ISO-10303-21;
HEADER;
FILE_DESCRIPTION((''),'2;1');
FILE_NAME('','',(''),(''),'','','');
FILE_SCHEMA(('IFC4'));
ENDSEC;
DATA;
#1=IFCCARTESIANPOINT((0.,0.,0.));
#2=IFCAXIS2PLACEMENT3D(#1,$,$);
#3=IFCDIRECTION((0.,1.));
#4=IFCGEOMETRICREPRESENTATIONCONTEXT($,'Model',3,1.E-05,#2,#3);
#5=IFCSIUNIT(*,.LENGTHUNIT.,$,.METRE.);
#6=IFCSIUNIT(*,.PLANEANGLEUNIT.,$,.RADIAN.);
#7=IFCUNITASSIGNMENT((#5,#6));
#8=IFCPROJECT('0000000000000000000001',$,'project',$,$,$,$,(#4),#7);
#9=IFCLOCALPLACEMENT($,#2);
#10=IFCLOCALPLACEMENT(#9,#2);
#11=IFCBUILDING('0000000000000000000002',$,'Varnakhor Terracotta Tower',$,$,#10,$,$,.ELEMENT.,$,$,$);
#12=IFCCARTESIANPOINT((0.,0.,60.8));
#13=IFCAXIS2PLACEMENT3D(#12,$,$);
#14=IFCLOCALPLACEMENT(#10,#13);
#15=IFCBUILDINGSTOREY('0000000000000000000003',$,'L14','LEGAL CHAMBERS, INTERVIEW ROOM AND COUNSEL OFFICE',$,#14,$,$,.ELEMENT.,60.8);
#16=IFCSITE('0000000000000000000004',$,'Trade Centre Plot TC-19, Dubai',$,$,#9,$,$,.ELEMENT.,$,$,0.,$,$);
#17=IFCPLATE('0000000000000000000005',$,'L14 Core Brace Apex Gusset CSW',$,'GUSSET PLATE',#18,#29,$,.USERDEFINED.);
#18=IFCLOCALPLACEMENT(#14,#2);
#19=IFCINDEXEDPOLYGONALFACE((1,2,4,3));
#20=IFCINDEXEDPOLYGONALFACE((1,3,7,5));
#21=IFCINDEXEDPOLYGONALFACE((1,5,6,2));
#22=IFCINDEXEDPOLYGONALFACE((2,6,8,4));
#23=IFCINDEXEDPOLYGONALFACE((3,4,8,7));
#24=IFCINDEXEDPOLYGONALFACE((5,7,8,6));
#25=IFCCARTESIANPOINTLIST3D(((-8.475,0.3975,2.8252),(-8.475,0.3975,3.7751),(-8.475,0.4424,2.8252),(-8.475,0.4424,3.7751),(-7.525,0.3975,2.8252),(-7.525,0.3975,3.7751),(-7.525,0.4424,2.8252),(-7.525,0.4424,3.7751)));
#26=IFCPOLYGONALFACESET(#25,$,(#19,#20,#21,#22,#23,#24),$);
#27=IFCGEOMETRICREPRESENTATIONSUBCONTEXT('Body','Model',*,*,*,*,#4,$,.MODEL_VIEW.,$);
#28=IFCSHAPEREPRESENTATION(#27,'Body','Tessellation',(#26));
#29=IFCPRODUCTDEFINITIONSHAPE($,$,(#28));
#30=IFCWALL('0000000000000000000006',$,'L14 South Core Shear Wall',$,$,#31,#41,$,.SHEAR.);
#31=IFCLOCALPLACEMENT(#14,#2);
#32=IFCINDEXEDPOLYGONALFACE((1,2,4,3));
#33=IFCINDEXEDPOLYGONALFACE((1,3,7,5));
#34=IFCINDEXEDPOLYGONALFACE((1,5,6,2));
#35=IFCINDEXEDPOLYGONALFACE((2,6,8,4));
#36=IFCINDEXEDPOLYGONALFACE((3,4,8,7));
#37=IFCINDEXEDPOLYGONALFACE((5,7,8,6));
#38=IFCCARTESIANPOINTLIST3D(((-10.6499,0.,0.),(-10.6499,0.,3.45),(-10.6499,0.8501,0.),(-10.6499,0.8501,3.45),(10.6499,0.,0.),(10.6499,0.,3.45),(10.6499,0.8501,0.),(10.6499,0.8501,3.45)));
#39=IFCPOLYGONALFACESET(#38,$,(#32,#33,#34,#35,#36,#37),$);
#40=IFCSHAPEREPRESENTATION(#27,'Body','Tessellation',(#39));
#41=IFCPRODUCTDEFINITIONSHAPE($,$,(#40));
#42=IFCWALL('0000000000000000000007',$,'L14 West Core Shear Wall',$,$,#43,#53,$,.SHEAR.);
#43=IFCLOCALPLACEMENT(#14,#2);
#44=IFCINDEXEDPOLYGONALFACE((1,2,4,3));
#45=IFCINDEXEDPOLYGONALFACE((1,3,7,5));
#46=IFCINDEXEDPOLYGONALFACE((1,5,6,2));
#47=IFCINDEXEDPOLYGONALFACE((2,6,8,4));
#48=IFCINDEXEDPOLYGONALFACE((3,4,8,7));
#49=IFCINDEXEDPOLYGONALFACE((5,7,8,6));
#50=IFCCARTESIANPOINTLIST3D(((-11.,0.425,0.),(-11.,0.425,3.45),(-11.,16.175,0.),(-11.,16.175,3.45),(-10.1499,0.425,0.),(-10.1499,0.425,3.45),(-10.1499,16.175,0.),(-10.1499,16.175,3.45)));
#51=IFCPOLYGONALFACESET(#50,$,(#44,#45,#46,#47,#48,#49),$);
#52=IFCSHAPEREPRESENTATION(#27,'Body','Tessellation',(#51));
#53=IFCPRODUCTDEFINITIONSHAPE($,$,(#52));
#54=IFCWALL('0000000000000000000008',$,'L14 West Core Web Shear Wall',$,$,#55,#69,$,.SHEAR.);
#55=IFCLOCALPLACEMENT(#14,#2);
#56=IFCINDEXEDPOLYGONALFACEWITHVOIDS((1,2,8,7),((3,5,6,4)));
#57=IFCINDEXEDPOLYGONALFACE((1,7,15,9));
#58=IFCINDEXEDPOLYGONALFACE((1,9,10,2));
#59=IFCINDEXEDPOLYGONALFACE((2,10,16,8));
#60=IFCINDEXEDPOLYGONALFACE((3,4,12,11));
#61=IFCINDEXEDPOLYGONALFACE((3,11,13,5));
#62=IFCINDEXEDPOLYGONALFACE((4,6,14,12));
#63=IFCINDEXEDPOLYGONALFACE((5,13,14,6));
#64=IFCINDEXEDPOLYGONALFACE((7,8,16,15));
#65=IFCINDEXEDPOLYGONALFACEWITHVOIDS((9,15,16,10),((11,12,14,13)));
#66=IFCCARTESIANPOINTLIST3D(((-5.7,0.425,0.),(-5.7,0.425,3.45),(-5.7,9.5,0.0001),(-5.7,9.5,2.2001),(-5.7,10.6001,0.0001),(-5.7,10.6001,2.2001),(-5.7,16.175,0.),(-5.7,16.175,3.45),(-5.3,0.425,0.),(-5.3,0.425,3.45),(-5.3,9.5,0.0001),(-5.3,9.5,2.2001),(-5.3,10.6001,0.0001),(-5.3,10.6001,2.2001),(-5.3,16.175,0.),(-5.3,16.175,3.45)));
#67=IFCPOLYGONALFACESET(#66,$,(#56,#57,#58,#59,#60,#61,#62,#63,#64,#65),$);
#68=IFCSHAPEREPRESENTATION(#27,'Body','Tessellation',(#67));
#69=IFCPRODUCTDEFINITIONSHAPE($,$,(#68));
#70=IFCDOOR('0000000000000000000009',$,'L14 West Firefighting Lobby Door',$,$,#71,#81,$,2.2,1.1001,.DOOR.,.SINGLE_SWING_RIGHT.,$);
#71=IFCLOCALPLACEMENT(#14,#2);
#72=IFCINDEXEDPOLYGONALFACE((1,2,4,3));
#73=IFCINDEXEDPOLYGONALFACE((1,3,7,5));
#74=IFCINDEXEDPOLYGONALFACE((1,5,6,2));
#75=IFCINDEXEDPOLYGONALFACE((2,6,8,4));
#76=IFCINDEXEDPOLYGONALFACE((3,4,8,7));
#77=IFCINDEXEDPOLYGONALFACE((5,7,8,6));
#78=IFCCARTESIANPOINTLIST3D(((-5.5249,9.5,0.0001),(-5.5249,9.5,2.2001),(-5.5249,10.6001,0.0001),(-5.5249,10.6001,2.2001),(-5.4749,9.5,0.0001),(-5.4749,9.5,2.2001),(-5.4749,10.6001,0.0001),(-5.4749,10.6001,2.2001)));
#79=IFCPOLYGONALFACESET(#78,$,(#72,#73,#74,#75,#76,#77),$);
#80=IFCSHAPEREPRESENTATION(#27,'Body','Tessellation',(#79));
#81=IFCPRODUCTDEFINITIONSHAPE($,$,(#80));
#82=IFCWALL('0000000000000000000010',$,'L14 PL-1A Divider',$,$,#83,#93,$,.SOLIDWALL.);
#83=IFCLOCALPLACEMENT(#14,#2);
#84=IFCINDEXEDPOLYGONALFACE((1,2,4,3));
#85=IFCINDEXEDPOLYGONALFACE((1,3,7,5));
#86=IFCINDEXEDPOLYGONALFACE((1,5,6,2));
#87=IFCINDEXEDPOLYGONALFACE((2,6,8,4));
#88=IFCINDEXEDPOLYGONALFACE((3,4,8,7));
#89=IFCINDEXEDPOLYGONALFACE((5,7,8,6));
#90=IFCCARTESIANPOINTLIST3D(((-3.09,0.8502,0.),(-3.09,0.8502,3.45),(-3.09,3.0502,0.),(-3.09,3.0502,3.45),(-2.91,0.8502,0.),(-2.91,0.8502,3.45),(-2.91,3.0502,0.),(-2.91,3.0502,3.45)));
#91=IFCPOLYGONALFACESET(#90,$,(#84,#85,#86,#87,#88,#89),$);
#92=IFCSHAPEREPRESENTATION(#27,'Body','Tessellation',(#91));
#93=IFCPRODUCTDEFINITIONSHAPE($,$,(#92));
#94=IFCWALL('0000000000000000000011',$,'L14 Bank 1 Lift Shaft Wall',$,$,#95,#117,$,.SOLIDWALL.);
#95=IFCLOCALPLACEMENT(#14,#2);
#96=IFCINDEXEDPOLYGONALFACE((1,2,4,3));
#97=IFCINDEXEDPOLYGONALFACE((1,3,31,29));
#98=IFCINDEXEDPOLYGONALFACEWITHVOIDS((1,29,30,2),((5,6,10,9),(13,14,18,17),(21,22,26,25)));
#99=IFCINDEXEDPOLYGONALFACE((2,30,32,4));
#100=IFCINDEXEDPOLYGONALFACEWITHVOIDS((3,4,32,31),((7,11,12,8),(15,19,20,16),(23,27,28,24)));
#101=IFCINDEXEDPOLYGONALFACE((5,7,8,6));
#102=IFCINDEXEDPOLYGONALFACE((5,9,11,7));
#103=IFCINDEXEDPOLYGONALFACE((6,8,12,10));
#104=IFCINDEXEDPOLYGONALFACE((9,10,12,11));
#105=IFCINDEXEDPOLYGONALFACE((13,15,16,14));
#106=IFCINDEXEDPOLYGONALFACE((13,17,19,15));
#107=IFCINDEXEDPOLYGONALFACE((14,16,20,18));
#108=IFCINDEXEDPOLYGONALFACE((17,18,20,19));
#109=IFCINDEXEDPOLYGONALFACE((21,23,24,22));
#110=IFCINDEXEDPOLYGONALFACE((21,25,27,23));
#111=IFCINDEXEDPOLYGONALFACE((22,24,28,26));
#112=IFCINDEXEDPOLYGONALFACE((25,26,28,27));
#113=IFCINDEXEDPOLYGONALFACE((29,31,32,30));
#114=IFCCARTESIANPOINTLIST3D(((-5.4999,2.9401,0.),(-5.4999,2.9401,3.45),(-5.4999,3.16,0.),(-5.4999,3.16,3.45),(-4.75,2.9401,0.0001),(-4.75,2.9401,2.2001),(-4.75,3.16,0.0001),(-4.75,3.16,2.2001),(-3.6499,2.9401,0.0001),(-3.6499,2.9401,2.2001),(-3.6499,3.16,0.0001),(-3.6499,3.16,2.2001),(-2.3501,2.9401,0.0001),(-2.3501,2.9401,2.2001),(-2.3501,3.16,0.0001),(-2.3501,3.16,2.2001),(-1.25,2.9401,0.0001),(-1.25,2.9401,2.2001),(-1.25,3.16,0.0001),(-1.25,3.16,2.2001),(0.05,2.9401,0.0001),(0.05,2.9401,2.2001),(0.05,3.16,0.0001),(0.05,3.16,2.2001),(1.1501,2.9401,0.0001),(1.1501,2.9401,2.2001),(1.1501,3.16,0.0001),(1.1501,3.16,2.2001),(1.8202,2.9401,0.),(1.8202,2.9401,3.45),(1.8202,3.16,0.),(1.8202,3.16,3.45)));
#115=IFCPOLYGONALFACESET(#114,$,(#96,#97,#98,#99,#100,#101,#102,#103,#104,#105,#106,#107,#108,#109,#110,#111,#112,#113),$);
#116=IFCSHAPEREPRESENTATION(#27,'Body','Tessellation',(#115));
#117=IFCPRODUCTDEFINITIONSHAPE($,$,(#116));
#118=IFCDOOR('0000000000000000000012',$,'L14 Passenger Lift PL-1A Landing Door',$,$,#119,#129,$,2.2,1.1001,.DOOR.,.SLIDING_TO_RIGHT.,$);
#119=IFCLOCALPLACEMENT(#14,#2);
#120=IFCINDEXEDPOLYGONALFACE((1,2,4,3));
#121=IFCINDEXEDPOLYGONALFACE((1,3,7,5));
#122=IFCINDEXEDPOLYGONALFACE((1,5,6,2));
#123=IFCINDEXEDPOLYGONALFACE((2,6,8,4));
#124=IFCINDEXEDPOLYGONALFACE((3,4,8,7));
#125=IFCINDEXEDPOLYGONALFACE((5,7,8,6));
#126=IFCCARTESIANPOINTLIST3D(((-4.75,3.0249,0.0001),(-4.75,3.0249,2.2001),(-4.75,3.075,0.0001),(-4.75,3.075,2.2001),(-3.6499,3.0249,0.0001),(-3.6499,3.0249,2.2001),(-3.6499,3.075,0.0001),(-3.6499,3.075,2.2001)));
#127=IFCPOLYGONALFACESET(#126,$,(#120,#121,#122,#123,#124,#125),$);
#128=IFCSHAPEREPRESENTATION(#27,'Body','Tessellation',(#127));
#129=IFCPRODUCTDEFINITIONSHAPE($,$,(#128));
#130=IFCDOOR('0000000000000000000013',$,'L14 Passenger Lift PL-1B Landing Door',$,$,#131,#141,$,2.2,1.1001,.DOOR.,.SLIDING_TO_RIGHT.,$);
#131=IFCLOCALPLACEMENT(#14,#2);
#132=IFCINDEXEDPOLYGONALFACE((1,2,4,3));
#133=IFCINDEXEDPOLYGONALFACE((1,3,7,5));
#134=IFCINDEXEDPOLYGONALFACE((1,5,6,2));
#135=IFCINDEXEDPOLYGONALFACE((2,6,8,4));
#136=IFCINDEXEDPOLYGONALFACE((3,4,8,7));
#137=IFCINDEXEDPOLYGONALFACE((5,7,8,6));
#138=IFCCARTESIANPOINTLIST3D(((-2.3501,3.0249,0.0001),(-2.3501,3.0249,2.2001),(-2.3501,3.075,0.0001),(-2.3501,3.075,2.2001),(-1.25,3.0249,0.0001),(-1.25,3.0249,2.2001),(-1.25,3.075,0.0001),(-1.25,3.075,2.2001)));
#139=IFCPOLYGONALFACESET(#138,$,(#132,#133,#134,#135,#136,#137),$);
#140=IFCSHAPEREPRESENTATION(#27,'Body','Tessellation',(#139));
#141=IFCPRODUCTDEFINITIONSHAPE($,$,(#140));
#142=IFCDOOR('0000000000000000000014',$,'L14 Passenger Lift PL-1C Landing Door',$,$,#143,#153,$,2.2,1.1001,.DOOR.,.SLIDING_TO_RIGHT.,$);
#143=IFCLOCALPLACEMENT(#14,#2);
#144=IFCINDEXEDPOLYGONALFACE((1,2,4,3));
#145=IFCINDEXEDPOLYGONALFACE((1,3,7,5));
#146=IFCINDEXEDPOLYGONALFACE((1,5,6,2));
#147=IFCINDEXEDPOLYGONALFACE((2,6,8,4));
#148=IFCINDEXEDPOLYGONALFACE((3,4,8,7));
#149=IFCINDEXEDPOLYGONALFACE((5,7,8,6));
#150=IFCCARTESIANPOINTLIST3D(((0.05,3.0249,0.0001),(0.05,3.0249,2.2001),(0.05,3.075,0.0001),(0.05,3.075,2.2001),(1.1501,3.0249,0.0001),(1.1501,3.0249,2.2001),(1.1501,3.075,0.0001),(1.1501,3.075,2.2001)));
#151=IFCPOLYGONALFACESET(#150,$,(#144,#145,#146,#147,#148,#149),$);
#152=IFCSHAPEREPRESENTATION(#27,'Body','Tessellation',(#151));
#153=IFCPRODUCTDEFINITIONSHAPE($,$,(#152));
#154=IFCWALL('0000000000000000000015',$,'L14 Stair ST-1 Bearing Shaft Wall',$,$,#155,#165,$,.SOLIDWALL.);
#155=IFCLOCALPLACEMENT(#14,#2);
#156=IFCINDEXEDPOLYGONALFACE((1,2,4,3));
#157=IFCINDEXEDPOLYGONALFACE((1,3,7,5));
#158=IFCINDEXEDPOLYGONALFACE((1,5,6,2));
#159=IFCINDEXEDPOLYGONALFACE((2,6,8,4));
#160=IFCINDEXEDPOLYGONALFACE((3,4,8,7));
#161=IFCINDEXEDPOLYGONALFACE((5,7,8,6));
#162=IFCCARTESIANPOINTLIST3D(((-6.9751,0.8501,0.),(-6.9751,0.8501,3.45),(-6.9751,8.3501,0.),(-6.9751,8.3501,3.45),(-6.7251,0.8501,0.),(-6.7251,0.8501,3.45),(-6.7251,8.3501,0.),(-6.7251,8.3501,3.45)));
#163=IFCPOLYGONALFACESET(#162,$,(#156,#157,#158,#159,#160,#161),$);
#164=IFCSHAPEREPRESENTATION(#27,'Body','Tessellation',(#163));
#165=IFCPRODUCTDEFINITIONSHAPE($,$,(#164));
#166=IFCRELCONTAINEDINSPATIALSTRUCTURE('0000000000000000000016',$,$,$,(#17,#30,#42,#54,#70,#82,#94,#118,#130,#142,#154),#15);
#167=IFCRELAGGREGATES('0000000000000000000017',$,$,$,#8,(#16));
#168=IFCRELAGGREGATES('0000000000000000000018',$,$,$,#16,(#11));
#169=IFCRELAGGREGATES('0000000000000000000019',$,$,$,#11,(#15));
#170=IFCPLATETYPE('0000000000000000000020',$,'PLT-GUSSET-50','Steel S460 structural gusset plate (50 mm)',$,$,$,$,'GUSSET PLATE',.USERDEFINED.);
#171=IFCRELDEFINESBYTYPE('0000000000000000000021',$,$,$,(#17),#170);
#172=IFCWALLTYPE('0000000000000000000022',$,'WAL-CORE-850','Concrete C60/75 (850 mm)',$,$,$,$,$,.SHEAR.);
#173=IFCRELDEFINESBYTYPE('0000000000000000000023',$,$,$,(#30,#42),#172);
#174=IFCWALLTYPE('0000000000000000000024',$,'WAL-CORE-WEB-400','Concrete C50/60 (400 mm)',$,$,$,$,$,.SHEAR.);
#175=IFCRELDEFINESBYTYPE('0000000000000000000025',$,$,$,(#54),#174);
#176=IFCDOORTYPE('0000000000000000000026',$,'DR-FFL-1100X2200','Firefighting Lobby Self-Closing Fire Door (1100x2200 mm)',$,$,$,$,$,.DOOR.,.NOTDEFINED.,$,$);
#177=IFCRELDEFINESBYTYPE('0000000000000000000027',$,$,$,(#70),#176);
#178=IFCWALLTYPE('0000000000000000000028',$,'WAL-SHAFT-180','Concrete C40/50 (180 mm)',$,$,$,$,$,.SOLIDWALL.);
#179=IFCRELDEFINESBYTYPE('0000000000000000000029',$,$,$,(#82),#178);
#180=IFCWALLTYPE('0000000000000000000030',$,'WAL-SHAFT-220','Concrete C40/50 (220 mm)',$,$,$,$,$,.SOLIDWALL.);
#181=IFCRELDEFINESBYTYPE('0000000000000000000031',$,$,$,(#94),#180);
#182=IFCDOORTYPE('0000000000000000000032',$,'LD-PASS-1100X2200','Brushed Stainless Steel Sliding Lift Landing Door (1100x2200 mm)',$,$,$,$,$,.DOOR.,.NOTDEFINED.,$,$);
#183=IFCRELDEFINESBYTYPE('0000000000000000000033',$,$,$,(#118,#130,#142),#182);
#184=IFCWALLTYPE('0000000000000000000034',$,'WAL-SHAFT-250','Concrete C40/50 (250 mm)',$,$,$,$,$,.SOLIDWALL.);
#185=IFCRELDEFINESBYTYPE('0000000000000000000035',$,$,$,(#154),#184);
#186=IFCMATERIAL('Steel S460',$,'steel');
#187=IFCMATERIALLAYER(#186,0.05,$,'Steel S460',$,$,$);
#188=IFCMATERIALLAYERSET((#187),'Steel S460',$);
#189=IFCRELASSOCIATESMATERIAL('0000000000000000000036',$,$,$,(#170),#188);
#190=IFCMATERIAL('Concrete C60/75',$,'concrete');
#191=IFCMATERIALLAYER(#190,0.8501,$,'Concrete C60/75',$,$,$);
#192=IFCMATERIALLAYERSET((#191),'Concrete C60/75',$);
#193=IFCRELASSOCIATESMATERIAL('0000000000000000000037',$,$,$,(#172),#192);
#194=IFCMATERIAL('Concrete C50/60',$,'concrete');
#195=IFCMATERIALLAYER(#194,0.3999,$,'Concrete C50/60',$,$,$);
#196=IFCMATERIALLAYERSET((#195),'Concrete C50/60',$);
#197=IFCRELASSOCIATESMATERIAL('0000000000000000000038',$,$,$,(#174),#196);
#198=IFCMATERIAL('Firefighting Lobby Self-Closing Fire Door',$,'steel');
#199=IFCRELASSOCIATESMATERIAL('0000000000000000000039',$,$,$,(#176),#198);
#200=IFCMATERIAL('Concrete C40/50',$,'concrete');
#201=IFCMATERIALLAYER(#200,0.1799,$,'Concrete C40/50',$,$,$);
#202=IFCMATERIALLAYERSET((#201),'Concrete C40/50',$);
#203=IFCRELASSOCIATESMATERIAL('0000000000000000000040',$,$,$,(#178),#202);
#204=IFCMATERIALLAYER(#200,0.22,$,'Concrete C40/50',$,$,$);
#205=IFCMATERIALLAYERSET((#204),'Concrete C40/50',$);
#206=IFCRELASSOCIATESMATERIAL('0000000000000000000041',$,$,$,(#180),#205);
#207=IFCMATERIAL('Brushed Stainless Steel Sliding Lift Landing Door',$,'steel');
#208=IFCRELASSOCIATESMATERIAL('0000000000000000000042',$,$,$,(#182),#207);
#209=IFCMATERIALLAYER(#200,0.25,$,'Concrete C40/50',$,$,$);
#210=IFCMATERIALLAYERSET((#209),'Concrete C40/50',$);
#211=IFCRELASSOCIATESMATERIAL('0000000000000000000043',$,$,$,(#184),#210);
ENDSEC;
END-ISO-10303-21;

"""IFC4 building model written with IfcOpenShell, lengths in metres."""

from ifc_helpers import new_model, si_unit, direction, frame, frame_2d, origin, origin_2d, place, context, subcontext, project, spatial, rectangle, extrude, source, transform, mapped, material, layer, layer_set, type_object, type_shapes, element, fill, save


model = new_model("IFC4")

# Units and contexts
model_context = context("Model", 3, precision=1e-05, world=origin(), true_north=direction((0.0, 1.0)))
body_context = subcontext(model_context, "Body", "Model", "MODEL_VIEW")
ifc_project = project(units=[si_unit("LENGTHUNIT", "METRE"), si_unit("PLANEANGLEUNIT", "RADIAN")], contexts=[model_context])

# Site, building, storey
site_placement = place(None, origin())
site = spatial("IfcSite", under=ifc_project, at=site_placement, Name="Trade Centre Plot TC-19, Dubai", CompositionType="ELEMENT", RefElevation=0.0)
building_placement = place(site_placement, origin())
building = spatial("IfcBuilding", under=site, at=building_placement, Name="Varnakhor Terracotta Tower", CompositionType="ELEMENT")
storey_placement = place(building_placement, frame((0.0, 0.0, 60.8)))
storey = spatial("IfcBuildingStorey", under=building, at=storey_placement, Name="L14", Description="LEGAL CHAMBERS, INTERVIEW ROOM AND COUNSEL OFFICE", CompositionType="ELEMENT", Elevation=60.8)

# Shared definitions
ifc_material_1 = material(Name="Concrete C50/60", Category="concrete")

# Shared definitions
ifc_material_2 = material(Name="Steel S460", Category="steel")

# Plate
ifc_layer_1 = layer(ifc_material_2, 0.05, Name="Steel S460")
ifc_layer_set_1 = layer_set([ifc_layer_1], Name="Steel S460")
plate_type = type_object("IfcPlateType", Name="PLT-GUSSET-50", Description="Steel S460 structural gusset plate (50 mm)", ElementType="GUSSET PLATE", PredefinedType="USERDEFINED", material=ifc_layer_set_1)
shared_shape_1 = source(origin(), body_context, "Body", "SweptSolid", [
    extrude(rectangle(XDim=0.95, YDim=0.0449, at=origin_2d()), origin(), (0.0, 0.0, 1.0), 0.95),
])
plate_placement = place(storey_placement, frame((-8.0, 0.4199, 2.8252), z_axis=(0.0, 0.0, 1.0), x_axis=(1.0, 0.0, 0.0)))
element("IfcPlate", 1, at=plate_placement, inside=storey, type_object=plate_type, Name="L14 Core Brace Apex Gusset CSW", ObjectType="GUSSET PLATE", PredefinedType="USERDEFINED", context=body_context, shape_type="MappedRepresentation", body=[
    mapped(shared_shape_1, transform((0.0, 0.0, 0.0), scale=1.0)),
])

# Walls
ifc_material_3 = material(Name="Concrete C60/75", Category="concrete")
ifc_layer_2 = layer(ifc_material_3, 0.8501, Name="Concrete C60/75")
ifc_layer_set_2 = layer_set([ifc_layer_2], Name="Concrete C60/75")
wall_type_1 = type_object("IfcWallType", Name="WAL-CORE-850", Description="Concrete C60/75 (850 mm)", PredefinedType="SHEAR", material=ifc_layer_set_2)
wall_1_placement = place(storey_placement, frame((-10.6499, 0.425, 0.0), z_axis=(0.0, 0.0, 1.0), x_axis=(1.0, 0.0, 0.0)))
element("IfcWall", 2, at=wall_1_placement, inside=storey, type_object=wall_type_1, Name="L14 South Core Shear Wall", PredefinedType="SHEAR", context=body_context, shape_type="SweptSolid", body=[
    extrude(rectangle(XDim=21.2998, YDim=0.8501, at=frame_2d((10.6499, 0.0))), origin(), (0.0, 0.0, 1.0), 3.45),
])
wall_2_placement = place(storey_placement, frame((-10.575, 0.425, 0.0), z_axis=(0.0, 0.0, 1.0), x_axis=(0.0, 1.0, 0.0)))
element("IfcWall", 3, at=wall_2_placement, inside=storey, type_object=wall_type_1, Name="L14 West Core Shear Wall", PredefinedType="SHEAR", context=body_context, shape_type="SweptSolid", body=[
    extrude(rectangle(XDim=15.75, YDim=0.8501, at=frame_2d((7.875, 0.0))), origin(), (0.0, 0.0, 1.0), 3.45),
])

# Wall, opening, door
ifc_layer_3 = layer(ifc_material_1, 0.3999, Name="Concrete C50/60")
ifc_layer_set_3 = layer_set([ifc_layer_3], Name="Concrete C50/60")
wall_type_2 = type_object("IfcWallType", Name="WAL-CORE-WEB-400", Description="Concrete C50/60 (400 mm)", PredefinedType="SHEAR", material=ifc_layer_set_3)
wall_3_placement = place(storey_placement, frame((-5.5, 0.425, 0.0), z_axis=(0.0, 0.0, 1.0), x_axis=(0.0, 1.0, 0.0)))
wall_3 = element("IfcWall", 4, at=wall_3_placement, inside=storey, type_object=wall_type_2, Name="L14 West Core Web Shear Wall", PredefinedType="SHEAR", context=body_context, shape_type="SweptSolid", body=[
    extrude(rectangle(XDim=15.75, YDim=0.3999, at=frame_2d((7.875, 0.0))), origin(), (0.0, 0.0, 1.0), 3.45),
])
opening_1_placement = place(wall_3_placement, frame((9.075, 0.0, 0.0)))
opening_1 = element("IfcOpeningElement", 5, at=opening_1_placement, cuts=wall_3, PredefinedType="OPENING", context=body_context, shape_type="SweptSolid", body=[
    extrude(rectangle(XDim=1.1001, YDim=2.2, at=frame_2d((0.55, 1.1001))), frame((0.0, 0.21, 0.0), z_axis=(0.0, -1.0, 0.0), x_axis=(1.0, 0.0, 0.0)), (0.0, 0.0, 1.0), 0.4199),
])
ifc_material_4 = material(Name="Firefighting Lobby Self-Closing Fire Door", Category="steel")
door_type_1 = type_object("IfcDoorType", Name="DR-FFL-1100X2200", Description="Firefighting Lobby Self-Closing Fire Door (1100x2200 mm)", OperationType="NOTDEFINED", PredefinedType="DOOR", material=ifc_material_4)
shared_shape_2 = source(origin(), body_context, "Body", "SweptSolid", [
    extrude(rectangle(XDim=1.1001, YDim=2.2, at=frame_2d((0.55, 1.1001))), frame((0.0, 0.0249, 0.0), z_axis=(0.0, -1.0, 0.0), x_axis=(1.0, 0.0, 0.0)), (0.0, 0.0, 1.0), 0.05),
])
type_shapes(door_type_1, [shared_shape_2])
door_1_placement = place(opening_1_placement, origin())
door_1 = element("IfcDoor", 6, at=door_1_placement, inside=storey, type_object=door_type_1, Name="L14 West Firefighting Lobby Door", OperationType="SINGLE_SWING_RIGHT", OverallHeight=2.2, OverallWidth=1.1001, PredefinedType="DOOR", context=body_context, shape_type="MappedRepresentation", body=[
    mapped(shared_shape_2, transform((0.0, 0.0, 0.0), scale=1.0)),
])
fill(opening_1, door_1)

# Wall
ifc_material_5 = material(Name="Concrete C40/50", Category="concrete")
ifc_layer_4 = layer(ifc_material_5, 0.1799, Name="Concrete C40/50")
ifc_layer_set_4 = layer_set([ifc_layer_4], Name="Concrete C40/50")
wall_type_3 = type_object("IfcWallType", Name="WAL-SHAFT-180", Description="Concrete C40/50 (180 mm)", PredefinedType="SOLIDWALL", material=ifc_layer_set_4)
wall_4_placement = place(storey_placement, frame((-3.0, 0.8501, 0.0), z_axis=(0.0, 0.0, 1.0), x_axis=(0.0, 1.0, 0.0)))
element("IfcWall", 7, at=wall_4_placement, inside=storey, type_object=wall_type_3, Name="L14 PL-1A Divider", PredefinedType="SOLIDWALL", context=body_context, shape_type="SweptSolid", body=[
    extrude(rectangle(XDim=2.2, YDim=0.1799, at=frame_2d((1.1001, 0.0))), origin(), (0.0, 0.0, 1.0), 3.45),
])

# Wall, openings, doors
ifc_layer_5 = layer(ifc_material_5, 0.22, Name="Concrete C40/50")
ifc_layer_set_5 = layer_set([ifc_layer_5], Name="Concrete C40/50")
wall_type_4 = type_object("IfcWallType", Name="WAL-SHAFT-220", Description="Concrete C40/50 (220 mm)", PredefinedType="SOLIDWALL", material=ifc_layer_set_5)
wall_5_placement = place(storey_placement, frame((-5.5, 3.05, 0.0), z_axis=(0.0, 0.0, 1.0), x_axis=(1.0, 0.0, 0.0)))
wall_5 = element("IfcWall", 8, at=wall_5_placement, inside=storey, type_object=wall_type_4, Name="L14 Bank 1 Lift Shaft Wall", PredefinedType="SOLIDWALL", context=body_context, shape_type="SweptSolid", body=[
    extrude(rectangle(XDim=7.3201, YDim=0.22, at=frame_2d((3.6602, 0.0))), origin(), (0.0, 0.0, 1.0), 3.45),
])
opening_2_placement = place(wall_5_placement, frame((0.75, 0.0, 0.0)))
opening_2 = element("IfcOpeningElement", 9, at=opening_2_placement, cuts=wall_5, PredefinedType="OPENING", context=body_context, shape_type="SweptSolid", body=[
    extrude(rectangle(XDim=1.1001, YDim=2.2, at=frame_2d((0.55, 1.1001))), frame((0.0, 0.1201, 0.0), z_axis=(0.0, -1.0, 0.0), x_axis=(1.0, 0.0, 0.0)), (0.0, 0.0, 1.0), 0.24),
])
opening_3_placement = place(wall_5_placement, frame((3.1499, 0.0, 0.0)))
opening_3 = element("IfcOpeningElement", 10, at=opening_3_placement, cuts=wall_5, PredefinedType="OPENING", context=body_context, shape_type="SweptSolid", body=[
    extrude(rectangle(XDim=1.1001, YDim=2.2, at=frame_2d((0.55, 1.1001))), frame((0.0, 0.1201, 0.0), z_axis=(0.0, -1.0, 0.0), x_axis=(1.0, 0.0, 0.0)), (0.0, 0.0, 1.0), 0.24),
])
opening_4_placement = place(wall_5_placement, frame((5.55, 0.0, 0.0)))
opening_4 = element("IfcOpeningElement", 11, at=opening_4_placement, cuts=wall_5, PredefinedType="OPENING", context=body_context, shape_type="SweptSolid", body=[
    extrude(rectangle(XDim=1.1001, YDim=2.2, at=frame_2d((0.55, 1.1001))), frame((0.0, 0.1201, 0.0), z_axis=(0.0, -1.0, 0.0), x_axis=(1.0, 0.0, 0.0)), (0.0, 0.0, 1.0), 0.24),
])
ifc_material_6 = material(Name="Brushed Stainless Steel Sliding Lift Landing Door", Category="steel")
door_type_2 = type_object("IfcDoorType", Name="LD-PASS-1100X2200", Description="Brushed Stainless Steel Sliding Lift Landing Door (1100x2200 mm)", OperationType="NOTDEFINED", PredefinedType="DOOR", material=ifc_material_6)
shared_shape_3 = source(origin(), body_context, "Body", "SweptSolid", [
    extrude(rectangle(XDim=1.1001, YDim=2.2, at=frame_2d((0.55, 1.1001))), frame((0.0, 0.0249, 0.0), z_axis=(0.0, -1.0, 0.0), x_axis=(1.0, 0.0, 0.0)), (0.0, 0.0, 1.0), 0.05),
])
type_shapes(door_type_2, [shared_shape_3])
door_2_placement = place(opening_2_placement, origin())
door_2 = element("IfcDoor", 12, at=door_2_placement, inside=storey, type_object=door_type_2, Name="L14 Passenger Lift PL-1A Landing Door", OperationType="SLIDING_TO_RIGHT", OverallHeight=2.2, OverallWidth=1.1001, PredefinedType="DOOR", context=body_context, shape_type="MappedRepresentation", body=[
    mapped(shared_shape_3, transform((0.0, 0.0, 0.0), scale=1.0)),
])
fill(opening_2, door_2)
door_3_placement = place(opening_3_placement, origin())
door_3 = element("IfcDoor", 13, at=door_3_placement, inside=storey, type_object=door_type_2, Name="L14 Passenger Lift PL-1B Landing Door", OperationType="SLIDING_TO_RIGHT", OverallHeight=2.2, OverallWidth=1.1001, PredefinedType="DOOR", context=body_context, shape_type="MappedRepresentation", body=[
    mapped(shared_shape_3, transform((0.0, 0.0, 0.0), scale=1.0)),
])
fill(opening_3, door_3)
door_4_placement = place(opening_4_placement, origin())
door_4 = element("IfcDoor", 14, at=door_4_placement, inside=storey, type_object=door_type_2, Name="L14 Passenger Lift PL-1C Landing Door", OperationType="SLIDING_TO_RIGHT", OverallHeight=2.2, OverallWidth=1.1001, PredefinedType="DOOR", context=body_context, shape_type="MappedRepresentation", body=[
    mapped(shared_shape_3, transform((0.0, 0.0, 0.0), scale=1.0)),
])
fill(opening_4, door_4)

# Wall
ifc_layer_6 = layer(ifc_material_5, 0.25, Name="Concrete C40/50")
ifc_layer_set_6 = layer_set([ifc_layer_6], Name="Concrete C40/50")
wall_type_5 = type_object("IfcWallType", Name="WAL-SHAFT-250", Description="Concrete C40/50 (250 mm)", PredefinedType="SOLIDWALL", material=ifc_layer_set_6)
wall_6_placement = place(storey_placement, frame((-6.8501, 0.8501, 0.0), z_axis=(0.0, 0.0, 1.0), x_axis=(0.0, 1.0, 0.0)))
element("IfcWall", 15, at=wall_6_placement, inside=storey, type_object=wall_type_5, Name="L14 Stair ST-1 Bearing Shaft Wall", PredefinedType="SOLIDWALL", context=body_context, shape_type="SweptSolid", body=[
    extrude(rectangle(XDim=7.5, YDim=0.25, at=frame_2d((3.75, 0.0))), origin(), (0.0, 0.0, 1.0), 3.45),
])

save(model, "model.ifc")
